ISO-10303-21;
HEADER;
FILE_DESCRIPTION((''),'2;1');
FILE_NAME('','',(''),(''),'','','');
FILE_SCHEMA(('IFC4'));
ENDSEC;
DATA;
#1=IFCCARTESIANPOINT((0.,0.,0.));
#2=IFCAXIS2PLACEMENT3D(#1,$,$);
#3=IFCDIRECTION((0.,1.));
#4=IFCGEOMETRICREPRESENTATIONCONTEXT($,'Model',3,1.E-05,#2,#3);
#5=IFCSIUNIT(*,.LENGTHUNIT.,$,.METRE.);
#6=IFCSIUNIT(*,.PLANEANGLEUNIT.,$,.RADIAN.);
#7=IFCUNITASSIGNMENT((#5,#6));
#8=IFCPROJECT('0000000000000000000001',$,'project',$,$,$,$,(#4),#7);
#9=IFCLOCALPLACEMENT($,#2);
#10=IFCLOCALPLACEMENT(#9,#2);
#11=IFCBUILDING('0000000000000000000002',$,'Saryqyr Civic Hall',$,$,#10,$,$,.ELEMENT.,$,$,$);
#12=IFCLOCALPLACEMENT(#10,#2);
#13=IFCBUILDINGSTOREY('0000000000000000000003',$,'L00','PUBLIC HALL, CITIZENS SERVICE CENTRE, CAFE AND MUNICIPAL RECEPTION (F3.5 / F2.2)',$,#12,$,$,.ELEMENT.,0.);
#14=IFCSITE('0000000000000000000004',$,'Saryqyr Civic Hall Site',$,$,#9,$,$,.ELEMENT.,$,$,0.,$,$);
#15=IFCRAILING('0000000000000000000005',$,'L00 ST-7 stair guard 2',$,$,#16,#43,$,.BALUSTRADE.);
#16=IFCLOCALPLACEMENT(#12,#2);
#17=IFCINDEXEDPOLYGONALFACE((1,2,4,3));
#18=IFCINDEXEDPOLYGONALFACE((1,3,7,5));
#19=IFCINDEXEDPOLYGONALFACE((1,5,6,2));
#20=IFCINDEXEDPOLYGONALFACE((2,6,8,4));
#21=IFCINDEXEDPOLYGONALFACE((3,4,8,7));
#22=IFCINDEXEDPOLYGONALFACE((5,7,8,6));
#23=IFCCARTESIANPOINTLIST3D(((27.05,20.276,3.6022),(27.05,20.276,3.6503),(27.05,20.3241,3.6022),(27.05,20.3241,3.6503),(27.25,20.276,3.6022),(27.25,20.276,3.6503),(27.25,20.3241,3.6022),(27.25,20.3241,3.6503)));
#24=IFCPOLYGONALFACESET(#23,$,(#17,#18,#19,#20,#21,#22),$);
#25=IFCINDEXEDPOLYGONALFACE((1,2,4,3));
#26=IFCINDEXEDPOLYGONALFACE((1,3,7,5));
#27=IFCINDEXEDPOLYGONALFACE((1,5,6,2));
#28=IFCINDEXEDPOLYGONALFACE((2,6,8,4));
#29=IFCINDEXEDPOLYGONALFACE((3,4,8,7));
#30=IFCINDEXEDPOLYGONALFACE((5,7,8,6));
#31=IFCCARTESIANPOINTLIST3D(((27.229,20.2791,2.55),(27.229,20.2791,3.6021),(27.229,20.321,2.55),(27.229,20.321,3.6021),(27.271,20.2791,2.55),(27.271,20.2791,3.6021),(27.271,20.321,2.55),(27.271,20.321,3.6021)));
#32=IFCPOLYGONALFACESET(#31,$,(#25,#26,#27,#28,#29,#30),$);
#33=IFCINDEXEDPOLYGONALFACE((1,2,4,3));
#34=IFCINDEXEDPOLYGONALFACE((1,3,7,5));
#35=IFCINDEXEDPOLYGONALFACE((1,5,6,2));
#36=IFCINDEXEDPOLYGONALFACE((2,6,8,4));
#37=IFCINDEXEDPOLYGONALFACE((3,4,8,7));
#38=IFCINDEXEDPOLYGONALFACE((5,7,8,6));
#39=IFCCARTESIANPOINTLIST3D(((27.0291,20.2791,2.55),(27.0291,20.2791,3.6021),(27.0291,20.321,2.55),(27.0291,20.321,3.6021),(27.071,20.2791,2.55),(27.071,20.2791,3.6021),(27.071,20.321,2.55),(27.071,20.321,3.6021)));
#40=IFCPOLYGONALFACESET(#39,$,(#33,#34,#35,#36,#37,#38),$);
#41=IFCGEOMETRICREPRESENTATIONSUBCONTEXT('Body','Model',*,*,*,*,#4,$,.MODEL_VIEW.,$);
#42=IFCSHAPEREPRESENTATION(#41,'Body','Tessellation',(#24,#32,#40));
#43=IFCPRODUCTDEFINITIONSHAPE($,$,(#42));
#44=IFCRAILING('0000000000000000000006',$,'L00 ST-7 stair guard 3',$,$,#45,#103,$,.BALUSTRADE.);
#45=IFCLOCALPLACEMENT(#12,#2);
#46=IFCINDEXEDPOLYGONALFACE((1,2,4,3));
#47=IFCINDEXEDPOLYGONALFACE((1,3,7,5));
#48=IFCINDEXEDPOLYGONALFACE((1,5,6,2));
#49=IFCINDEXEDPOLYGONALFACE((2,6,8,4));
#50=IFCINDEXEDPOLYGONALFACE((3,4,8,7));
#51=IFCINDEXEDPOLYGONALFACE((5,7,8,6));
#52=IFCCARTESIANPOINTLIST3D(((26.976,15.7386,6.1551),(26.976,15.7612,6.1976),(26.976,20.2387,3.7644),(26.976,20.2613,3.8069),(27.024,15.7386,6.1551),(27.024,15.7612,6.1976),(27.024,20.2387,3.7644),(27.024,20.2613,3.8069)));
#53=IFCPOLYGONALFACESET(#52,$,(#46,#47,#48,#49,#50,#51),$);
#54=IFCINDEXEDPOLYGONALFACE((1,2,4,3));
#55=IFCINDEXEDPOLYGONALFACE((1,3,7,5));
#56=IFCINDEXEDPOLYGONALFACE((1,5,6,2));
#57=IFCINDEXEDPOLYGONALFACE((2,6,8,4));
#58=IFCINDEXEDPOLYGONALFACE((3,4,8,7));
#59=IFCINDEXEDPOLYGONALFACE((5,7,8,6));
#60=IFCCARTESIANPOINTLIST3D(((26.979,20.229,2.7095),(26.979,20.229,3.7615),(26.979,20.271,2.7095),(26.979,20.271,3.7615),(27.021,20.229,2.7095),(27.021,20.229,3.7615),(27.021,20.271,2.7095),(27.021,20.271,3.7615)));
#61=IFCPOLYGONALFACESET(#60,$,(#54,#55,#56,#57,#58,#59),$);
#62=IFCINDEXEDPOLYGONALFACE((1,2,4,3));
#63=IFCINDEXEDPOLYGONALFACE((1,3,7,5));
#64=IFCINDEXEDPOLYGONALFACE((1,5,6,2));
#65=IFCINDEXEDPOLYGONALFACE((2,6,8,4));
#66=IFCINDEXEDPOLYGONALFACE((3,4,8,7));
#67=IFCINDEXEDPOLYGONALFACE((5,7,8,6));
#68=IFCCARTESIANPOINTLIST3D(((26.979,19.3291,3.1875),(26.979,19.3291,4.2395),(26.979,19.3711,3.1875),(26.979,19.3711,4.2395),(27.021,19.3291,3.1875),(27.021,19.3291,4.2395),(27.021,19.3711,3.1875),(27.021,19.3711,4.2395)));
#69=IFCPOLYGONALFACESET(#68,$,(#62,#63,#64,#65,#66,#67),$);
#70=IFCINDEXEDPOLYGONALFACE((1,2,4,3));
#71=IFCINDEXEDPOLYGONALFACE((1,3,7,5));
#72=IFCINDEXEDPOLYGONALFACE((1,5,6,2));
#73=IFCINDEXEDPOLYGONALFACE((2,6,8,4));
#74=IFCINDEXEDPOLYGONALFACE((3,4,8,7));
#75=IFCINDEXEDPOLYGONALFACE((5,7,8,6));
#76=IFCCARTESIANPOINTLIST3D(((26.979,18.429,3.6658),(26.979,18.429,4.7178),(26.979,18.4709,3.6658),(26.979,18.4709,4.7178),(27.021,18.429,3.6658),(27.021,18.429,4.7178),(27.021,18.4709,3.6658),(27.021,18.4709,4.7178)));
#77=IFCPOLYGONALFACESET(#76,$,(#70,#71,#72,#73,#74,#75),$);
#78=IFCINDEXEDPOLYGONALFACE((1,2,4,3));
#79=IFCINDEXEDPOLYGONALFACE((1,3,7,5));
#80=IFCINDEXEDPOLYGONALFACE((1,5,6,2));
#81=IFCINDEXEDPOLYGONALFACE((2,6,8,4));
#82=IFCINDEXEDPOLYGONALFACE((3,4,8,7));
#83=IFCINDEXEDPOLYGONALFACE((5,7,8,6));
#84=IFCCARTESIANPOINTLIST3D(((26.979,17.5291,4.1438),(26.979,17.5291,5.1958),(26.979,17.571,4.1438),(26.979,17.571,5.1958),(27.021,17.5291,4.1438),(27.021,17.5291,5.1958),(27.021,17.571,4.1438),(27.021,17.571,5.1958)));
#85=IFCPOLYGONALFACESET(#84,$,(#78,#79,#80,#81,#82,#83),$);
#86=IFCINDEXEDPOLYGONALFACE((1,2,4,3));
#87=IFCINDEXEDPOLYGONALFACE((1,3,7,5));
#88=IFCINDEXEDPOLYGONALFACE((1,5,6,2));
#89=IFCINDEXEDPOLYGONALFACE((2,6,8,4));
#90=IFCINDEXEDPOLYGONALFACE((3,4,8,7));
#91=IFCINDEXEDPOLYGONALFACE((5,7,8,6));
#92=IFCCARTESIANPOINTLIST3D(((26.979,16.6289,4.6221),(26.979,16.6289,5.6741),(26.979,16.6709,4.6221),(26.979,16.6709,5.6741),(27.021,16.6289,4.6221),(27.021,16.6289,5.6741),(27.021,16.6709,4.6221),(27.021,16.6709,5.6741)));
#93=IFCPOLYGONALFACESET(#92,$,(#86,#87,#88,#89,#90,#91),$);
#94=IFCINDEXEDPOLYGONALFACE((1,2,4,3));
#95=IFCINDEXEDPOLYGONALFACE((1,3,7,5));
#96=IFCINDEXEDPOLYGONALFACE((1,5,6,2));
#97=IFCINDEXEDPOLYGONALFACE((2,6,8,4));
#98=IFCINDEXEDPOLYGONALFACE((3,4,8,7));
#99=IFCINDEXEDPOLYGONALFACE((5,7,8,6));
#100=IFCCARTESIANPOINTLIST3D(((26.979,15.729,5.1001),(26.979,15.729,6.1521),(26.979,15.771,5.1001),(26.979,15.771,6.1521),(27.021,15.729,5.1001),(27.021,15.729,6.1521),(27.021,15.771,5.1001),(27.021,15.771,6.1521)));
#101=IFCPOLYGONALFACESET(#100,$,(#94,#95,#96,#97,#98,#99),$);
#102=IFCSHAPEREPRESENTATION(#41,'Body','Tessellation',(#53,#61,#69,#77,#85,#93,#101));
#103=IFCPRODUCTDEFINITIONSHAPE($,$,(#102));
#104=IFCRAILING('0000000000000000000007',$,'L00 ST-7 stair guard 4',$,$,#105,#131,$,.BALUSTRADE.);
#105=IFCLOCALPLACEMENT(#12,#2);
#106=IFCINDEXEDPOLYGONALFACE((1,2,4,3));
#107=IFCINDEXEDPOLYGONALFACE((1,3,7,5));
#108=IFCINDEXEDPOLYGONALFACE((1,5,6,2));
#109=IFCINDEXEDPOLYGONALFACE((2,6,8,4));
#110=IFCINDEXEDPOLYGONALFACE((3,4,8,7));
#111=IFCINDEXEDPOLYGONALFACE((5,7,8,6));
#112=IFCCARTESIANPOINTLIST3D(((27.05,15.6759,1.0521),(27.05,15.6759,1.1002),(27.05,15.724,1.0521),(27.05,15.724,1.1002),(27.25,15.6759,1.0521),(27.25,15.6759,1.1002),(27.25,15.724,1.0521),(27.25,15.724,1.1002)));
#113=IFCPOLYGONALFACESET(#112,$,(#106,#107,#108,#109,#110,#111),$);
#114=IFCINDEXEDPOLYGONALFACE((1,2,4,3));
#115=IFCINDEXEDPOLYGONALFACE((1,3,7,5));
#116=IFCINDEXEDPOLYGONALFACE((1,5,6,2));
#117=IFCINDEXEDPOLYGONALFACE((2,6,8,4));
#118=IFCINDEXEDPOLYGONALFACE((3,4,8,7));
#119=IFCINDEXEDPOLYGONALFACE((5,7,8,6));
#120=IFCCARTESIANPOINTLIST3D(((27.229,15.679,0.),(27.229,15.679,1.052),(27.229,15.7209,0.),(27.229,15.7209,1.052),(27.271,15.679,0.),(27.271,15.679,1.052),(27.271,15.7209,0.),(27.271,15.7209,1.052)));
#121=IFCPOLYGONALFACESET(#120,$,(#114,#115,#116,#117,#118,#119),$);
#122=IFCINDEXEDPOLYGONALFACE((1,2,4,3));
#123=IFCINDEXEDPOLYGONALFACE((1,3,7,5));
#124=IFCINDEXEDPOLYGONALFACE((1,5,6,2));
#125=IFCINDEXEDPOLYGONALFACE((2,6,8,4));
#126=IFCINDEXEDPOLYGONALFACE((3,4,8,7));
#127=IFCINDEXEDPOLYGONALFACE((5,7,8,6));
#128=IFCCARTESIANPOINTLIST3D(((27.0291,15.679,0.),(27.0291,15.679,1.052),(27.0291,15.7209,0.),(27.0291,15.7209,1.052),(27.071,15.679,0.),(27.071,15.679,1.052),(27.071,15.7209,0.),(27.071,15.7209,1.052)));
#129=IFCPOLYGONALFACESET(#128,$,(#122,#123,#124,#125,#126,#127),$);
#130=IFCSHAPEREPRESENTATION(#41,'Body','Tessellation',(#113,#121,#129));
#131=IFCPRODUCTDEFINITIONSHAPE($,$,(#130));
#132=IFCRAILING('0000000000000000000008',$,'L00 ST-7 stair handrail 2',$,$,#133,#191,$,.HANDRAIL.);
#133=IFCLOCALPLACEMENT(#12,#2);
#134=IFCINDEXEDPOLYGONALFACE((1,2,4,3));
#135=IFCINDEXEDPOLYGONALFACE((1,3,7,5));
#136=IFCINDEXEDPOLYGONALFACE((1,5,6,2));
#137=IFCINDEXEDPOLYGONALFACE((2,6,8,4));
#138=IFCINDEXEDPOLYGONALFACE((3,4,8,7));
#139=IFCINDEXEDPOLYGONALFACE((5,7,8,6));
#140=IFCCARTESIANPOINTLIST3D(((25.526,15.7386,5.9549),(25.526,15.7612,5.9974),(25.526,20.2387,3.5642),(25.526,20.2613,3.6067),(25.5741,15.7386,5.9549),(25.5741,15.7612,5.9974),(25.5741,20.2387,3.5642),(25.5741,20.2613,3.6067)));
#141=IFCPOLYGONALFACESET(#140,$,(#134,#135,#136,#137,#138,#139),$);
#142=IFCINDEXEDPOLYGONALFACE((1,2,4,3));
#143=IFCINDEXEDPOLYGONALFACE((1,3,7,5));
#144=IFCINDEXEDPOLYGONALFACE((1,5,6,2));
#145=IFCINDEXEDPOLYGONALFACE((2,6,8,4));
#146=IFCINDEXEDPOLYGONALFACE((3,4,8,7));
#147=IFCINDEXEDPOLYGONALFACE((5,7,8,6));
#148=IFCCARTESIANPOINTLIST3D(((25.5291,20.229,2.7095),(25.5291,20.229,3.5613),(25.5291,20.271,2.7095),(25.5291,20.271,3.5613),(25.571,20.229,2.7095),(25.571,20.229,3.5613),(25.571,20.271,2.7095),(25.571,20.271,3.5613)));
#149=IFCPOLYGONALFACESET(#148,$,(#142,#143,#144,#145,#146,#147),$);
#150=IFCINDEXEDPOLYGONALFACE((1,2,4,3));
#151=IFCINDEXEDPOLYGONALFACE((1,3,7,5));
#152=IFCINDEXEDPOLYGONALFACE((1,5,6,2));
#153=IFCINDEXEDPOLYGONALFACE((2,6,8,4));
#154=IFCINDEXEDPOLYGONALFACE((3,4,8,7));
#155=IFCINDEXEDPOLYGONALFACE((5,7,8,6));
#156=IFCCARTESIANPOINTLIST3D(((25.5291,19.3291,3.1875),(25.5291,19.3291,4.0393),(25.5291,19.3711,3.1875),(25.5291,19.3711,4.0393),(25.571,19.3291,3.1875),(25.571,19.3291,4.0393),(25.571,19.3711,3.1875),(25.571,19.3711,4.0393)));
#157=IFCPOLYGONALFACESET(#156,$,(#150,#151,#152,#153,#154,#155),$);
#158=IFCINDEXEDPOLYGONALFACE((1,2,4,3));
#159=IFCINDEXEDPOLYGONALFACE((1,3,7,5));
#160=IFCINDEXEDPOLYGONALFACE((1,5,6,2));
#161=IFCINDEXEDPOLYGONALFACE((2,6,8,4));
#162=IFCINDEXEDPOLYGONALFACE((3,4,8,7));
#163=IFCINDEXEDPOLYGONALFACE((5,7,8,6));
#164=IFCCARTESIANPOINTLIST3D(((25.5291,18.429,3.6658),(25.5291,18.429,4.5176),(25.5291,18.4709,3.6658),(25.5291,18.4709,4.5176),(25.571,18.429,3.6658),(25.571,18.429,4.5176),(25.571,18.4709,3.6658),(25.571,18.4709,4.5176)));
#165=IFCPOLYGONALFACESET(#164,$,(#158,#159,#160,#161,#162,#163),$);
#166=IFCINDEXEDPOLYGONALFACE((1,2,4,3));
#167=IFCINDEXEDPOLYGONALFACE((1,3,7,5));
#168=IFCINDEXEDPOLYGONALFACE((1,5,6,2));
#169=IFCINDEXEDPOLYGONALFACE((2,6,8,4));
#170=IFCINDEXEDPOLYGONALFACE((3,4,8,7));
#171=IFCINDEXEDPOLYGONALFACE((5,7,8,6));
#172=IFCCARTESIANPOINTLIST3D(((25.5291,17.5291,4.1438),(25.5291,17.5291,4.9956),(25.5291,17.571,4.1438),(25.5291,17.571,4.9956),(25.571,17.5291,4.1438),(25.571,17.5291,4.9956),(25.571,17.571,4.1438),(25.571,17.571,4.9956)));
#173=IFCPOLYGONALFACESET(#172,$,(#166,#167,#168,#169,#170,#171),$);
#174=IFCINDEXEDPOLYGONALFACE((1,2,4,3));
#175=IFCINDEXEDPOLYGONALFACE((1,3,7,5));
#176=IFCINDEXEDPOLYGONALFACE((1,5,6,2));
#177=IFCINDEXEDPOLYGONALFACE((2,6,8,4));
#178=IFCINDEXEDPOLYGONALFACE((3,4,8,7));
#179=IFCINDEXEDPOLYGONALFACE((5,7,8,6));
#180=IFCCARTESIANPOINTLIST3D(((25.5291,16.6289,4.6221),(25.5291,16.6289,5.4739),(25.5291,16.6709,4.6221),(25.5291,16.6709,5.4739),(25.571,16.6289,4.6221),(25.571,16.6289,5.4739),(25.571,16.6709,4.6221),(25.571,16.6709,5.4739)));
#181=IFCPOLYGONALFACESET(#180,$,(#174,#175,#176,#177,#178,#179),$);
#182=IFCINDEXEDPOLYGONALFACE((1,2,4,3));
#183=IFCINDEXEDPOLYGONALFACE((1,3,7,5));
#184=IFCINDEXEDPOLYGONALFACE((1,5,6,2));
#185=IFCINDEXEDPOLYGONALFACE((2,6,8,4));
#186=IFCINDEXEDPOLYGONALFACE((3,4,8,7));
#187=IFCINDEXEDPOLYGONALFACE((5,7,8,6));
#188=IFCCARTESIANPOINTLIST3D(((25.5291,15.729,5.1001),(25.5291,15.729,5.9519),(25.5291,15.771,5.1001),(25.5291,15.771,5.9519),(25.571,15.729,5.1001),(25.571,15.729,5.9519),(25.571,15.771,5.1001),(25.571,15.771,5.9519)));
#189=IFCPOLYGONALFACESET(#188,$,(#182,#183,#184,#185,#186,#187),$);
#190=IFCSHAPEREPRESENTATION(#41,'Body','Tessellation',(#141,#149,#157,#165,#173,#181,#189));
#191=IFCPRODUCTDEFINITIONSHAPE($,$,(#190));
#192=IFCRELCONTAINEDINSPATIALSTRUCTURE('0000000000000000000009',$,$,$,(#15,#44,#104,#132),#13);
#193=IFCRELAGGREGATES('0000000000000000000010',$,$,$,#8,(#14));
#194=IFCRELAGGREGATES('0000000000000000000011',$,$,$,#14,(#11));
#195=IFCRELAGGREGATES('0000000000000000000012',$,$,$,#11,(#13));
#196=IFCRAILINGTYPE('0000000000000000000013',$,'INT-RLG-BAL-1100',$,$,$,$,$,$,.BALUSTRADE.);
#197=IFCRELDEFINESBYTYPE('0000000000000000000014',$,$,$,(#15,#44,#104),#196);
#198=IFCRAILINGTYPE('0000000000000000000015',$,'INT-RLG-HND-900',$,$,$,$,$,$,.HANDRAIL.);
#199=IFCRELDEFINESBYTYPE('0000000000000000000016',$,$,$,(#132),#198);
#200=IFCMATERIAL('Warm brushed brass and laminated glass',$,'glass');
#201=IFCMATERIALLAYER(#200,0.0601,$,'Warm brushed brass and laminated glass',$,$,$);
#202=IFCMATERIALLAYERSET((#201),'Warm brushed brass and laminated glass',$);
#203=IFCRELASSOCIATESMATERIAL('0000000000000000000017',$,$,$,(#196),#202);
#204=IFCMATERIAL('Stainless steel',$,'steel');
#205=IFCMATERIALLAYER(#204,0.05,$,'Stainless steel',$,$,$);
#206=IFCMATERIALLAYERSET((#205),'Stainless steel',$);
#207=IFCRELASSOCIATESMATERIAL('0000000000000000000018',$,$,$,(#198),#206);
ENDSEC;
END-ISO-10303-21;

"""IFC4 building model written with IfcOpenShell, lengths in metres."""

from ifc_helpers import new_model, si_unit, direction, frame, origin, origin_2d, place, context, subcontext, project, spatial, rectangle, extrude, material, layer, layer_set, type_object, element, save


model = new_model("IFC4")

# Units and contexts
model_context = context("Model", 3, precision=1e-05, world=origin(), true_north=direction((0.0, 1.0)))
body_context = subcontext(model_context, "Body", "Model", "MODEL_VIEW")
ifc_project = project(units=[si_unit("LENGTHUNIT", "METRE"), si_unit("PLANEANGLEUNIT", "RADIAN")], contexts=[model_context])

# Site, building, storey
site_placement = place(None, origin())
site = spatial("IfcSite", under=ifc_project, at=site_placement, Name="Saryqyr Civic Hall Site", CompositionType="ELEMENT", RefElevation=0.0)
building_placement = place(site_placement, origin())
building = spatial("IfcBuilding", under=site, at=building_placement, Name="Saryqyr Civic Hall", CompositionType="ELEMENT")
storey_placement = place(building_placement, origin())
storey = spatial("IfcBuildingStorey", under=building, at=storey_placement, Name="L00", Description="PUBLIC HALL, CITIZENS SERVICE CENTRE, CAFE AND MUNICIPAL RECEPTION (F3.5 / F2.2)", CompositionType="ELEMENT", Elevation=0.0)

# Railings
ifc_material_1 = material(Name="Warm brushed brass and laminated glass", Category="glass")
ifc_layer_1 = layer(ifc_material_1, 0.0601, Name="Warm brushed brass and laminated glass")
ifc_layer_set_1 = layer_set([ifc_layer_1], Name="Warm brushed brass and laminated glass")
railing_type_1 = type_object("IfcRailingType", Name="INT-RLG-BAL-1100", PredefinedType="BALUSTRADE", material=ifc_layer_set_1)
railing_1_placement = place(storey_placement, frame((27.25, 20.3, 2.55)))
element("IfcRailing", 1, at=railing_1_placement, inside=storey, type_object=railing_type_1, Name="L00 ST-7 stair guard 2", PredefinedType="BALUSTRADE", context=body_context, shape_type="SweptSolid", body=[
    extrude(rectangle(XDim=0.0481, YDim=0.0481, at=origin_2d()), frame((0.0, 0.0, 1.0762), z_axis=(-1.0, 0.0, 0.0), x_axis=(0.0, -1.0, 0.0)), (0.0, 0.0, 1.0), 0.2),
    extrude(rectangle(XDim=0.042, YDim=0.042, at=origin_2d()), origin(), (0.0, 0.0, 1.0), 1.052),
    extrude(rectangle(XDim=0.042, YDim=0.042, at=origin_2d()), frame((-0.2, 0.0, 0.0)), (0.0, 0.0, 1.0), 1.052),
])
railing_2_placement = place(storey_placement, frame((27.0, 20.25, 2.7095)))
element("IfcRailing", 2, at=railing_2_placement, inside=storey, type_object=railing_type_1, Name="L00 ST-7 stair guard 3", PredefinedType="BALUSTRADE", context=body_context, shape_type="SweptSolid", body=[
    extrude(rectangle(XDim=0.0481, YDim=0.0481, at=origin_2d()), frame((0.0, 0.0, 1.0762), z_axis=(0.0, -0.883116, 0.469155), x_axis=(1.0, 0.0, 0.0)), (0.0, 0.0, 1.0), 5.0957),
    extrude(rectangle(XDim=0.042, YDim=0.042, at=origin_2d()), origin(), (0.0, 0.0, 1.0), 1.052),
    extrude(rectangle(XDim=0.042, YDim=0.042, at=origin_2d()), frame((0.0, -0.8999, 0.478)), (0.0, 0.0, 1.0), 1.052),
    extrude(rectangle(XDim=0.042, YDim=0.042, at=origin_2d()), frame((0.0, -1.8, 0.9563)), (0.0, 0.0, 1.0), 1.052),
    extrude(rectangle(XDim=0.042, YDim=0.042, at=origin_2d()), frame((0.0, -2.7, 1.4343)), (0.0, 0.0, 1.0), 1.052),
    extrude(rectangle(XDim=0.042, YDim=0.042, at=origin_2d()), frame((0.0, -3.6001, 1.9126)), (0.0, 0.0, 1.0), 1.052),
    extrude(rectangle(XDim=0.042, YDim=0.042, at=origin_2d()), frame((0.0, -4.5, 2.3906)), (0.0, 0.0, 1.0), 1.052),
])
railing_3_placement = place(storey_placement, frame((27.25, 15.7, 0.0)))
element("IfcRailing", 3, at=railing_3_placement, inside=storey, type_object=railing_type_1, Name="L00 ST-7 stair guard 4", PredefinedType="BALUSTRADE", context=body_context, shape_type="SweptSolid", body=[
    extrude(rectangle(XDim=0.0481, YDim=0.0481, at=origin_2d()), frame((0.0, 0.0, 1.0762), z_axis=(-1.0, 0.0, 0.0), x_axis=(0.0, -1.0, 0.0)), (0.0, 0.0, 1.0), 0.2),
    extrude(rectangle(XDim=0.042, YDim=0.042, at=origin_2d()), origin(), (0.0, 0.0, 1.0), 1.052),
    extrude(rectangle(XDim=0.042, YDim=0.042, at=origin_2d()), frame((-0.2, 0.0, 0.0)), (0.0, 0.0, 1.0), 1.052),
])
ifc_material_2 = material(Name="Stainless steel", Category="steel")
ifc_layer_2 = layer(ifc_material_2, 0.05, Name="Stainless steel")
ifc_layer_set_2 = layer_set([ifc_layer_2], Name="Stainless steel")
railing_type_2 = type_object("IfcRailingType", Name="INT-RLG-HND-900", PredefinedType="HANDRAIL", material=ifc_layer_set_2)
railing_4_placement = place(storey_placement, frame((25.55, 20.25, 2.7095)))
element("IfcRailing", 4, at=railing_4_placement, inside=storey, type_object=railing_type_2, Name="L00 ST-7 stair handrail 2", PredefinedType="HANDRAIL", context=body_context, shape_type="SweptSolid", body=[
    extrude(rectangle(XDim=0.0481, YDim=0.0481, at=origin_2d()), frame((0.0, 0.0, 0.876), z_axis=(0.0, -0.883116, 0.469155), x_axis=(1.0, 0.0, 0.0)), (0.0, 0.0, 1.0), 5.0957),
    extrude(rectangle(XDim=0.042, YDim=0.042, at=origin_2d()), origin(), (0.0, 0.0, 1.0), 0.8518),
    extrude(rectangle(XDim=0.042, YDim=0.042, at=origin_2d()), frame((0.0, -0.8999, 0.478)), (0.0, 0.0, 1.0), 0.8518),
    extrude(rectangle(XDim=0.042, YDim=0.042, at=origin_2d()), frame((0.0, -1.8, 0.9563)), (0.0, 0.0, 1.0), 0.8518),
    extrude(rectangle(XDim=0.042, YDim=0.042, at=origin_2d()), frame((0.0, -2.7, 1.4343)), (0.0, 0.0, 1.0), 0.8518),
    extrude(rectangle(XDim=0.042, YDim=0.042, at=origin_2d()), frame((0.0, -3.6001, 1.9126)), (0.0, 0.0, 1.0), 0.8518),
    extrude(rectangle(XDim=0.042, YDim=0.042, at=origin_2d()), frame((0.0, -4.5, 2.3906)), (0.0, 0.0, 1.0), 0.8518),
])

save(model, "model.ifc")
